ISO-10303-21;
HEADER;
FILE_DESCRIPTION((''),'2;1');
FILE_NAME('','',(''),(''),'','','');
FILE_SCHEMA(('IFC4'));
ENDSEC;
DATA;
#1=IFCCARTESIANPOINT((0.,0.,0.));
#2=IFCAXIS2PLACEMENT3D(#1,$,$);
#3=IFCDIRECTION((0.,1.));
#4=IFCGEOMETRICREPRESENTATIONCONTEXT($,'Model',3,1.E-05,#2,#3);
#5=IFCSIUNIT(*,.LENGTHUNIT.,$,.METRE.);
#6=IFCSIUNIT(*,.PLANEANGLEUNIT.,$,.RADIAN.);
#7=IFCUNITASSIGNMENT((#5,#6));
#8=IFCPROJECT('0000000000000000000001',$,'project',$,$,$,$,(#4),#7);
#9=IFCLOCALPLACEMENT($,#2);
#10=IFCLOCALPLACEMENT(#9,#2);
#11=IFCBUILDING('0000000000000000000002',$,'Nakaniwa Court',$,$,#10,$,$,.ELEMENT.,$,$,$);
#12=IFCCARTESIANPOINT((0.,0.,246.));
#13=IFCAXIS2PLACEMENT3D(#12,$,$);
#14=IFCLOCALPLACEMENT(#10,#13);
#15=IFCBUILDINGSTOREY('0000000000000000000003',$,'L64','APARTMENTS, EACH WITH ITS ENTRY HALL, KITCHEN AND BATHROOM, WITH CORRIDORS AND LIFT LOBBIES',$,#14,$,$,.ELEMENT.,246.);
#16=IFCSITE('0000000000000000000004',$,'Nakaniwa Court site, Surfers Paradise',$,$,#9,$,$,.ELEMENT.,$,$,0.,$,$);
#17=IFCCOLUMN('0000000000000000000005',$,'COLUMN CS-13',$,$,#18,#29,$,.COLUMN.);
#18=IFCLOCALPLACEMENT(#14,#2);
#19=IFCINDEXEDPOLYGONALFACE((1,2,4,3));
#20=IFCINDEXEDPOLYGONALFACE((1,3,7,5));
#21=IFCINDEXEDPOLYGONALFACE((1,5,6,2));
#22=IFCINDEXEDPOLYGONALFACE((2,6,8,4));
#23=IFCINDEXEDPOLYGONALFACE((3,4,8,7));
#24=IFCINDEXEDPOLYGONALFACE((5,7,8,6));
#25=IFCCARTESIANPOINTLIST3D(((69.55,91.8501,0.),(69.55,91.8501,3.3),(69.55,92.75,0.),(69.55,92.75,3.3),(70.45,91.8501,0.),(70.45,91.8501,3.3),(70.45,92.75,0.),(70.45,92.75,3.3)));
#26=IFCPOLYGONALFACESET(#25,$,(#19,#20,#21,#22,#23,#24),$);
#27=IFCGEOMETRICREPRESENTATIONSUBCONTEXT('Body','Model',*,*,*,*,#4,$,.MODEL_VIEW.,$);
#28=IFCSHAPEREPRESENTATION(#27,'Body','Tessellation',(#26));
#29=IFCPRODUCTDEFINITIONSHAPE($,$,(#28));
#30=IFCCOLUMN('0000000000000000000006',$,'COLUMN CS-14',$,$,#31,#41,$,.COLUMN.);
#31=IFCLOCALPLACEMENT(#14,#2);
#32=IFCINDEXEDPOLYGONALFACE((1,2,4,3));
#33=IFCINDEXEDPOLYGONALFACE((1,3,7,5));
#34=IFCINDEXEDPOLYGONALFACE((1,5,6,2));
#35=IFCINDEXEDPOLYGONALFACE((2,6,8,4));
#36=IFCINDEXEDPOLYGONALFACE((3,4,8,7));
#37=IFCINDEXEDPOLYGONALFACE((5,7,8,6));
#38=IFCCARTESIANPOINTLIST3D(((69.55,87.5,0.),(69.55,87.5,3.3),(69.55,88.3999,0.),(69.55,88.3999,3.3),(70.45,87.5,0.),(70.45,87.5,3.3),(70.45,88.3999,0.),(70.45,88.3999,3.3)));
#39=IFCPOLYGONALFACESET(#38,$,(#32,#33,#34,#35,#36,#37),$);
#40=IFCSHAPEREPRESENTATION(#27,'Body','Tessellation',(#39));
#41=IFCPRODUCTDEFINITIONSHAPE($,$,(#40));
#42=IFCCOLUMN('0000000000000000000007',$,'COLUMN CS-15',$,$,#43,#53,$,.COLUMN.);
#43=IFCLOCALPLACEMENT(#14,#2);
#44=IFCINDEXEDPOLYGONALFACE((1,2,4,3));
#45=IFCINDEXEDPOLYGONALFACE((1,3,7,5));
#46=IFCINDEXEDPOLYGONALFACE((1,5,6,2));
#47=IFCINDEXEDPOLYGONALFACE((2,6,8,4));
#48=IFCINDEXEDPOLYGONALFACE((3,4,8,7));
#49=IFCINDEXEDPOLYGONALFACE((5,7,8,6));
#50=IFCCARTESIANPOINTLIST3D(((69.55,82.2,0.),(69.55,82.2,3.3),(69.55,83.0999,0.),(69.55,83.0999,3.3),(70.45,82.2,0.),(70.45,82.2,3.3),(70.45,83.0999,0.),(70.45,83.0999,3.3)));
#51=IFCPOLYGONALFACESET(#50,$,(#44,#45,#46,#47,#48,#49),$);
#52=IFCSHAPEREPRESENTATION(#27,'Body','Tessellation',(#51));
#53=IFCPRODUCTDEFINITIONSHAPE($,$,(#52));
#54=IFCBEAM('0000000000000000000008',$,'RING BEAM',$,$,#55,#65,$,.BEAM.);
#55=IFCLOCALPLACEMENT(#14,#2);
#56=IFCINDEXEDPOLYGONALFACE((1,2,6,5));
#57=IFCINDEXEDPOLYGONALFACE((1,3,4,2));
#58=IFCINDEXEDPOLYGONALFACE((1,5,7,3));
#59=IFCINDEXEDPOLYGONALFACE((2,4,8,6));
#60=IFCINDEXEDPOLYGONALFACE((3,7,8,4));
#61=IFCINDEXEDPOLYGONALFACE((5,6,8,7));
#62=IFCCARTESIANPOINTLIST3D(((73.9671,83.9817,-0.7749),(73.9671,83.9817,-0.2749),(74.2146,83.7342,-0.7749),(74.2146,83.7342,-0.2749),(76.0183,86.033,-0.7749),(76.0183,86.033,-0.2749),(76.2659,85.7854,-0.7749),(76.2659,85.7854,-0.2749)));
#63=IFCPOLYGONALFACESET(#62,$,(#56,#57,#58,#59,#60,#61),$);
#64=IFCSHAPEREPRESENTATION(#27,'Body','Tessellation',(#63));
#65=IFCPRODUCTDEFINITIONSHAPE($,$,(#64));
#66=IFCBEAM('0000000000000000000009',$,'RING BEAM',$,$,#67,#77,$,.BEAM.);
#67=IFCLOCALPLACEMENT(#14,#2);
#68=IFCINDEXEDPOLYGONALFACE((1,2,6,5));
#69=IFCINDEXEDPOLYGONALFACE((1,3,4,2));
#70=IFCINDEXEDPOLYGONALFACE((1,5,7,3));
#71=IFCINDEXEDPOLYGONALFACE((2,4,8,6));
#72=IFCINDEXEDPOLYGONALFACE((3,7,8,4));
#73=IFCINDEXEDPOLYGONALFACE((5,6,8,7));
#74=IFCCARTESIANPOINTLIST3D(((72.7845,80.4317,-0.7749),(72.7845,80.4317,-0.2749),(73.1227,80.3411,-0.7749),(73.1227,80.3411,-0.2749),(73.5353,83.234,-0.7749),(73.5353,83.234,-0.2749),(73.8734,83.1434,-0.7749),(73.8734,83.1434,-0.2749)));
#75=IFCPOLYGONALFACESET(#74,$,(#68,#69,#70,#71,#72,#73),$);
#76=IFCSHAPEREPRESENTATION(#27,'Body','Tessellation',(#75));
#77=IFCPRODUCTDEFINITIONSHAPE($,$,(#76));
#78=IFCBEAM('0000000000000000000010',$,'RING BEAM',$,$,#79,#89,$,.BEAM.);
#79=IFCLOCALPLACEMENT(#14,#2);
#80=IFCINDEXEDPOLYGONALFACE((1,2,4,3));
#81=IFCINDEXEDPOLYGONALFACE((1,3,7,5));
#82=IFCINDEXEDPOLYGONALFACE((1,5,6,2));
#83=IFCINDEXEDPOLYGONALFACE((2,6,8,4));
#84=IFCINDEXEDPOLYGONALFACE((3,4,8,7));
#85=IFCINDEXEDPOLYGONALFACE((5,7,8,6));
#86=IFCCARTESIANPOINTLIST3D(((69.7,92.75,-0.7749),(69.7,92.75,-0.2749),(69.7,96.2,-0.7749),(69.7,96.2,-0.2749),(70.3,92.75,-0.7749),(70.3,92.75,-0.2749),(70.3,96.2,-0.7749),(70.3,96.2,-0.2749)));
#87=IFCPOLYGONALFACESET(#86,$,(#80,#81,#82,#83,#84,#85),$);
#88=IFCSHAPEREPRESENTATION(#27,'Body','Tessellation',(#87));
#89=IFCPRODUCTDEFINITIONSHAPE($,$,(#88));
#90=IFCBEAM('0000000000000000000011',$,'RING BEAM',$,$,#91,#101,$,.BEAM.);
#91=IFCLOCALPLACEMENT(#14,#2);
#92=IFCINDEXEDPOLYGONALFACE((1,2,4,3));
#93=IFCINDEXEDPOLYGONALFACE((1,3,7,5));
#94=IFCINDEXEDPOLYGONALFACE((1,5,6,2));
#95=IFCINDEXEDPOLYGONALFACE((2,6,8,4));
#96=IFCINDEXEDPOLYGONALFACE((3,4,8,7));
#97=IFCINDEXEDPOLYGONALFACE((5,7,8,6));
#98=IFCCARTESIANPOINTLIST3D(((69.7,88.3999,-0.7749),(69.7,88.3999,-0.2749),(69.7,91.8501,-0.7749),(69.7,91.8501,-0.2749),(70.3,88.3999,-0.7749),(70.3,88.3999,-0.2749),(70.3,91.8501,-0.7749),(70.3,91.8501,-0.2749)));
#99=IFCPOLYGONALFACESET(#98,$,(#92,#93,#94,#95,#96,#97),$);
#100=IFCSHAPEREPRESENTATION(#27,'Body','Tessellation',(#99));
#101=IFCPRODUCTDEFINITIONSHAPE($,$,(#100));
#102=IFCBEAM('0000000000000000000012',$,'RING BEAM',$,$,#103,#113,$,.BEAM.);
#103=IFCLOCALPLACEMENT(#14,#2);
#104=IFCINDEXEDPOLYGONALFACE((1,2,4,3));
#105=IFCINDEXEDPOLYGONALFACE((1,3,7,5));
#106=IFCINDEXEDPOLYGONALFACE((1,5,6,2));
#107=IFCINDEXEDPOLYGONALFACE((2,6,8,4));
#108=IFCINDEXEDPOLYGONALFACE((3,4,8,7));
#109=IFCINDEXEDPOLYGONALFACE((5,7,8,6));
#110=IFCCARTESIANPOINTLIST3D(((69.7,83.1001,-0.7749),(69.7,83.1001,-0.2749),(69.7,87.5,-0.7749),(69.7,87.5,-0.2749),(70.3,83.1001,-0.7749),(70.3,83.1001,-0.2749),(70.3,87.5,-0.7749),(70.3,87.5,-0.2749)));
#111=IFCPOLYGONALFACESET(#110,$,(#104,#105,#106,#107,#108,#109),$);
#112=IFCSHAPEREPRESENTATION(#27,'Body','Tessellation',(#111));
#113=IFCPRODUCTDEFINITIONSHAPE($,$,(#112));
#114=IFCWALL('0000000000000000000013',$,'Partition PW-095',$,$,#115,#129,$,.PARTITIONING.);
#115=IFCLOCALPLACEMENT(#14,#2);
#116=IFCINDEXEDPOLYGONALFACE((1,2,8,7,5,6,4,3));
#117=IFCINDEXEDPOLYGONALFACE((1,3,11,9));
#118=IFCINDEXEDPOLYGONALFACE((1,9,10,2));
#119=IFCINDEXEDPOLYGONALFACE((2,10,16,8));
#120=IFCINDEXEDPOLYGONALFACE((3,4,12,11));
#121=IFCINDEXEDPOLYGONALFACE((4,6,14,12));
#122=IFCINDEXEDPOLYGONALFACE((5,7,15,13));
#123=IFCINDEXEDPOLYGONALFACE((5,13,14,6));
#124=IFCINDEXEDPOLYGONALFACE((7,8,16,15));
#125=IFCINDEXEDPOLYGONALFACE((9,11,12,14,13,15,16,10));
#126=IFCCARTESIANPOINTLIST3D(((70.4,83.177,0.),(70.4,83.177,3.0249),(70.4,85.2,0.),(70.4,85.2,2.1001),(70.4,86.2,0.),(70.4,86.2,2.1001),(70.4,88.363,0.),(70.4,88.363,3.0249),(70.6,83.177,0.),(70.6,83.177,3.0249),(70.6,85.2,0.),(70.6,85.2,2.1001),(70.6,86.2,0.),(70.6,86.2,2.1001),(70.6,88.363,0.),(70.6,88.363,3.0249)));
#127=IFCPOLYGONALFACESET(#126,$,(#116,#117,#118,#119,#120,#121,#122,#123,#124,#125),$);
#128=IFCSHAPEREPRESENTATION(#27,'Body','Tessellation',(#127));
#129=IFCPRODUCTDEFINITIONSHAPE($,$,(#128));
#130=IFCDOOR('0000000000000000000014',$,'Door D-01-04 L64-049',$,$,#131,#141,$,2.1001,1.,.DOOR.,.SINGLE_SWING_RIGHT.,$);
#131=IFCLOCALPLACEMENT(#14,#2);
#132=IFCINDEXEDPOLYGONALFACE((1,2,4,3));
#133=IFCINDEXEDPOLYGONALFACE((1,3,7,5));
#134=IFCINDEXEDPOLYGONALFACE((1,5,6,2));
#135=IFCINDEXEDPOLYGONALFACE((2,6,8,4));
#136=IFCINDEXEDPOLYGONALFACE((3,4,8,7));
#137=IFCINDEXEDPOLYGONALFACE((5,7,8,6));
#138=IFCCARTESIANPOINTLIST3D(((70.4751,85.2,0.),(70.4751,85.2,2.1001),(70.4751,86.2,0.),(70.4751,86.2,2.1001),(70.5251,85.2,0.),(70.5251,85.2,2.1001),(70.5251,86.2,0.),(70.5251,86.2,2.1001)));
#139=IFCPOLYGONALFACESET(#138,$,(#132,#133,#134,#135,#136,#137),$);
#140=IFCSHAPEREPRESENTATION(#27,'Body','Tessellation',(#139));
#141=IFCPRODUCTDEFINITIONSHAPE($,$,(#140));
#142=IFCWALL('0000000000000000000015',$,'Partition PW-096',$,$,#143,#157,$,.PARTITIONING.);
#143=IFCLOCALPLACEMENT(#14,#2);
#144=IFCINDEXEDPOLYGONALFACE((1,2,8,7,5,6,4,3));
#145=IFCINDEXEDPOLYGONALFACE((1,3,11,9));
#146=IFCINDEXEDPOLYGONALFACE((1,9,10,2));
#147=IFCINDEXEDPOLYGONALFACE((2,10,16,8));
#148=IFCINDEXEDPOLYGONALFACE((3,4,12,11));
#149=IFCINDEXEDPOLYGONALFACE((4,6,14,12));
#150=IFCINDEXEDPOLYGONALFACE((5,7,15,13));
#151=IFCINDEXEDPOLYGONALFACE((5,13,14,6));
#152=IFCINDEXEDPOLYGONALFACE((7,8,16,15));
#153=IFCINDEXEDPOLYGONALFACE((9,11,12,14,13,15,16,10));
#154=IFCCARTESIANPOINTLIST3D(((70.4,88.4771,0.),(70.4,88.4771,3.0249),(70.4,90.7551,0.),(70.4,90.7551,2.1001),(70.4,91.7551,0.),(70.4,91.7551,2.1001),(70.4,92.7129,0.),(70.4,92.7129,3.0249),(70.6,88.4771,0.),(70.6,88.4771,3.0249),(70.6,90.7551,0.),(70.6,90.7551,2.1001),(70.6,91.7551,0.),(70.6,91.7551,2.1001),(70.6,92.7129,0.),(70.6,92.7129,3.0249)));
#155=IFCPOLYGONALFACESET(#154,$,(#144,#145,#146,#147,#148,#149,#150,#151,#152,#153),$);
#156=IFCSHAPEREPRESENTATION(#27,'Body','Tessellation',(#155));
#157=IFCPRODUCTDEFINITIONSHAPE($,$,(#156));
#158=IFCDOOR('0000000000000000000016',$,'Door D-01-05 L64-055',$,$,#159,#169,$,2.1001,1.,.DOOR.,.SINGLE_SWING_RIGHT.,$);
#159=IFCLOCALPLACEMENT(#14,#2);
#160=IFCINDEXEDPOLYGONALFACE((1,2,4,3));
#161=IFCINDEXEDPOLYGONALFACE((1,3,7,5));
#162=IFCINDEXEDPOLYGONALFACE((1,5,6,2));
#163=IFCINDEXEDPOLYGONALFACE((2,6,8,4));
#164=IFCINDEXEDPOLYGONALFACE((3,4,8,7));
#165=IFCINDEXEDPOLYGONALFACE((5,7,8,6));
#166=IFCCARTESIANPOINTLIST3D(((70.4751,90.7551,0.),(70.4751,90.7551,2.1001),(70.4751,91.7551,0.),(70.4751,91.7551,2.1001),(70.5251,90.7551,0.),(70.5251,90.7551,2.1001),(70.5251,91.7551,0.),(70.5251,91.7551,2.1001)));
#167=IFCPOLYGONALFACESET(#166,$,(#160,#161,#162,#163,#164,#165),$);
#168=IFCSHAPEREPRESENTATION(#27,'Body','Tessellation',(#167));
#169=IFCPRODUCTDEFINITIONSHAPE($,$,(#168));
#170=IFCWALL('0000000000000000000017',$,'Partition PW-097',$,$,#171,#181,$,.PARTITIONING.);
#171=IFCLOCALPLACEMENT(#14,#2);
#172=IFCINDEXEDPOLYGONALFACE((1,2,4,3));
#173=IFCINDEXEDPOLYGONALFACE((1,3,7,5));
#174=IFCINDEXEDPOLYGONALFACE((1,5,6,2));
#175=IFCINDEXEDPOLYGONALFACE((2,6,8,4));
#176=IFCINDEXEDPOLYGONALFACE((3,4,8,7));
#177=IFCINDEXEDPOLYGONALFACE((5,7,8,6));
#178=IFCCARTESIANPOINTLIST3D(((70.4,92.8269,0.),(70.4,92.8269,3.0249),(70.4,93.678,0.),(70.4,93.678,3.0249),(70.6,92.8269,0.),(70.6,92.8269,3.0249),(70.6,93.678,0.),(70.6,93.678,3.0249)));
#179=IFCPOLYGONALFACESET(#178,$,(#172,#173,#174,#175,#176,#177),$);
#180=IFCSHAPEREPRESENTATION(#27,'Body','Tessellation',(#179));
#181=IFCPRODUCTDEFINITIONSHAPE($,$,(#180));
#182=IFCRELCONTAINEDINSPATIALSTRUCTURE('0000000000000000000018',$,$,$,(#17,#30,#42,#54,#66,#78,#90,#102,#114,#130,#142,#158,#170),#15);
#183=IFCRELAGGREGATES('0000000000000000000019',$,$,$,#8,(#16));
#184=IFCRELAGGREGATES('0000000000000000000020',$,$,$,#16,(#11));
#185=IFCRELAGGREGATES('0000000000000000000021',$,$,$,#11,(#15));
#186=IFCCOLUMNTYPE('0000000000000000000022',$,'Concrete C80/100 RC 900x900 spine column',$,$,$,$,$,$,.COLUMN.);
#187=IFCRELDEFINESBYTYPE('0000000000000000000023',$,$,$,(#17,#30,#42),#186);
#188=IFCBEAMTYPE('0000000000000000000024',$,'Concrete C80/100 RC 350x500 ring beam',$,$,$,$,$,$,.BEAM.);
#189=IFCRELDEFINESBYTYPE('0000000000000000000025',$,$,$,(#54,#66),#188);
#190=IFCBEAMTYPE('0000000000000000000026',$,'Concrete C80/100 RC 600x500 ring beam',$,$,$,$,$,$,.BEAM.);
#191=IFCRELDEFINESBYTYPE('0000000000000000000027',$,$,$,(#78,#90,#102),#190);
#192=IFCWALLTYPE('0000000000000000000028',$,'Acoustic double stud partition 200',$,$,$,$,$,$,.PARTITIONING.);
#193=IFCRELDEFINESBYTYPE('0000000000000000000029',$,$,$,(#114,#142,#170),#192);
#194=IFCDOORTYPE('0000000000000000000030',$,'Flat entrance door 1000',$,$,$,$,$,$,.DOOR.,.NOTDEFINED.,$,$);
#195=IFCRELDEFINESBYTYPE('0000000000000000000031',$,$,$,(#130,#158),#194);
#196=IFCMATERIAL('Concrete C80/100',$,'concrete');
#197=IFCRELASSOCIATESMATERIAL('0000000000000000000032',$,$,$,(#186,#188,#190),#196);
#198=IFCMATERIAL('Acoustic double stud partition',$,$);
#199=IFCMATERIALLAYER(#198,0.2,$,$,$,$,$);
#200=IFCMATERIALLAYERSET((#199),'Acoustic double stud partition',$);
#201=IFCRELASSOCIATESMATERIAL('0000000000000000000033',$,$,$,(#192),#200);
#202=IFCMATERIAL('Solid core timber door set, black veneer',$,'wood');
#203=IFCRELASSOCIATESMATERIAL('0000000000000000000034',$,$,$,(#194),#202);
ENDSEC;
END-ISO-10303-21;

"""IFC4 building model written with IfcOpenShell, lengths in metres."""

from ifc_helpers import new_model, si_unit, direction, frame, frame_2d, origin, origin_2d, place, context, subcontext, project, spatial, rectangle, extrude, material, layer, layer_set, material_profile, profile_set, type_object, element, fill, save


model = new_model("IFC4")

# Units and contexts
model_context = context("Model", 3, precision=1e-05, world=origin(), true_north=direction((0.0, 1.0)))
body_context = subcontext(model_context, "Body", "Model", "MODEL_VIEW")
ifc_project = project(units=[si_unit("LENGTHUNIT", "METRE"), si_unit("PLANEANGLEUNIT", "RADIAN")], contexts=[model_context])

# Site, building, storey
site_placement = place(None, origin())
site = spatial("IfcSite", under=ifc_project, at=site_placement, Name="Nakaniwa Court site, Surfers Paradise", CompositionType="ELEMENT", RefElevation=0.0)
building_placement = place(site_placement, origin())
building = spatial("IfcBuilding", under=site, at=building_placement, Name="Nakaniwa Court", CompositionType="ELEMENT")
storey_placement = place(building_placement, frame((0.0, 0.0, 246.0)))
storey = spatial("IfcBuildingStorey", under=building, at=storey_placement, Name="L64", Description="APARTMENTS, EACH WITH ITS ENTRY HALL, KITCHEN AND BATHROOM, WITH CORRIDORS AND LIFT LOBBIES", CompositionType="ELEMENT", Elevation=246.0)

# Columns
ifc_material_1 = material(Name="Concrete C80/100", Category="concrete")
ifc_material_profile_1 = material_profile(ifc_material_1, rectangle(XDim=0.8999, YDim=0.8999, at=origin_2d()), Name="Concrete C80/100 RC 900x900 spine column")
ifc_profile_set_1 = profile_set([ifc_material_profile_1], Name="Concrete C80/100")
column_type_1 = type_object("IfcColumnType", Name="Concrete C80/100 RC 900x900 spine column", PredefinedType="COLUMN", material=ifc_profile_set_1)
for number, where, z_axis, x_axis, name in (
    (1, (70.0, 92.3, 0.0), (0.0, 0.0, 1.0), (0.0, -1.0, 0.0), "COLUMN CS-13"),
    (2, (70.0, 87.95, 0.0), (0.0, 0.0, 1.0), (0.0, -1.0, 0.0), "COLUMN CS-14"),
    (3, (70.0, 82.6499, 0.0), (0.0, 0.0, 1.0), (0.0, -1.0, 0.0), "COLUMN CS-15"),
):
    element("IfcColumn", number, at=place(storey_placement, frame(where, z_axis=z_axis, x_axis=x_axis)), inside=storey, type_object=column_type_1, Name=name, PredefinedType="COLUMN", context=body_context, shape_type="SweptSolid", body=[
        extrude(rectangle(XDim=0.8999, YDim=0.8999, at=origin_2d()), origin(), (0.0, 0.0, 1.0), 3.3),
    ])

# Beams
ifc_material_profile_2 = material_profile(ifc_material_1, rectangle(XDim=0.3501, YDim=0.5, at=origin_2d()), Name="Concrete C80/100 RC 350x500 ring beam")
ifc_profile_set_2 = profile_set([ifc_material_profile_2], Name="Concrete C80/100")
beam_type_1 = type_object("IfcBeamType", Name="Concrete C80/100 RC 350x500 ring beam", PredefinedType="BEAM", material=ifc_profile_set_2)
beam_1_placement = place(storey_placement, frame((76.1421, 85.9092, -0.5249), z_axis=(-0.707107, -0.707107, 0.0), x_axis=(0.707107, -0.707107, 0.0)))
element("IfcBeam", 4, at=beam_1_placement, inside=storey, type_object=beam_type_1, Name="RING BEAM", PredefinedType="BEAM", context=body_context, shape_type="SweptSolid", body=[
    extrude(rectangle(XDim=0.3501, YDim=0.5, at=origin_2d()), origin(), (0.0, 0.0, 1.0), 2.9009),
])
beam_2_placement = place(storey_placement, frame((73.7043, 83.1887, -0.5249), z_axis=(-0.258778, -0.965937, 0.0), x_axis=(0.965937, -0.258778, 0.0)))
element("IfcBeam", 5, at=beam_2_placement, inside=storey, type_object=beam_type_1, Name="RING BEAM", PredefinedType="BEAM", context=body_context, shape_type="SweptSolid", body=[
    extrude(rectangle(XDim=0.3501, YDim=0.5, at=origin_2d()), origin(), (0.0, 0.0, 1.0), 2.9011),
])
ifc_material_profile_3 = material_profile(ifc_material_1, rectangle(XDim=0.6001, YDim=0.5, at=origin_2d()), Name="Concrete C80/100 RC 600x500 ring beam")
ifc_profile_set_3 = profile_set([ifc_material_profile_3], Name="Concrete C80/100")
beam_type_2 = type_object("IfcBeamType", Name="Concrete C80/100 RC 600x500 ring beam", PredefinedType="BEAM", material=ifc_profile_set_3)
beam_3_placement = place(storey_placement, frame((70.0, 96.2, -0.5249), z_axis=(0.0, -1.0, 0.0), x_axis=(1.0, 0.0, 0.0)))
element("IfcBeam", 6, at=beam_3_placement, inside=storey, type_object=beam_type_2, Name="RING BEAM", PredefinedType="BEAM", context=body_context, shape_type="SweptSolid", body=[
    extrude(rectangle(XDim=0.6001, YDim=0.5, at=origin_2d()), origin(), (0.0, 0.0, 1.0), 3.45),
])
beam_4_placement = place(storey_placement, frame((70.0, 91.8501, -0.5249), z_axis=(0.0, -1.0, 0.0), x_axis=(1.0, 0.0, 0.0)))
element("IfcBeam", 7, at=beam_4_placement, inside=storey, type_object=beam_type_2, Name="RING BEAM", PredefinedType="BEAM", context=body_context, shape_type="SweptSolid", body=[
    extrude(rectangle(XDim=0.6001, YDim=0.5, at=origin_2d()), origin(), (0.0, 0.0, 1.0), 3.4502),
])
beam_5_placement = place(storey_placement, frame((70.0, 87.5, -0.5249), z_axis=(0.0, -1.0, 0.0), x_axis=(1.0, 0.0, 0.0)))
element("IfcBeam", 8, at=beam_5_placement, inside=storey, type_object=beam_type_2, Name="RING BEAM", PredefinedType="BEAM", context=body_context, shape_type="SweptSolid", body=[
    extrude(rectangle(XDim=0.6001, YDim=0.5, at=origin_2d()), origin(), (0.0, 0.0, 1.0), 4.3999),
])

# Walls, openings, doors
ifc_material_2 = material(Name="Acoustic double stud partition")
ifc_layer_1 = layer(ifc_material_2, 0.2)
ifc_layer_set_1 = layer_set([ifc_layer_1], Name="Acoustic double stud partition")
wall_type_1 = type_object("IfcWallType", Name="Acoustic double stud partition 200", PredefinedType="PARTITIONING", material=ifc_layer_set_1)
wall_1_placement = place(storey_placement, frame((70.5, 83.177, 0.0), z_axis=(0.0, 0.0, 1.0), x_axis=(0.0, 1.0, 0.0)))
wall_1 = element("IfcWall", 9, at=wall_1_placement, inside=storey, type_object=wall_type_1, Name="Partition PW-095", PredefinedType="PARTITIONING", context=body_context, shape_type="SweptSolid", body=[
    extrude(rectangle(XDim=5.186, YDim=0.2, at=frame_2d((2.593, 0.0))), origin(), (0.0, 0.0, 1.0), 3.0249),
])
opening_1_placement = place(wall_1_placement, frame((2.0229, 0.0, 0.0)))
opening_1 = element("IfcOpeningElement", 10, at=opening_1_placement, cuts=wall_1, PredefinedType="OPENING", context=body_context, shape_type="SweptSolid", body=[
    extrude(rectangle(XDim=1.0, YDim=2.1001, at=frame_2d((0.5, 1.05))), frame((0.0, 0.1099, 0.0), z_axis=(0.0, -1.0, 0.0), x_axis=(1.0, 0.0, 0.0)), (0.0, 0.0, 1.0), 0.22),
])
ifc_material_3 = material(Name="Solid core timber door set, black veneer", Category="wood")
door_type_1 = type_object("IfcDoorType", Name="Flat entrance door 1000", OperationType="NOTDEFINED", PredefinedType="DOOR", material=ifc_material_3)
door_1_placement = place(opening_1_placement, origin())
door_1 = element("IfcDoor", 11, at=door_1_placement, inside=storey, type_object=door_type_1, Name="Door D-01-04 L64-049", OperationType="SINGLE_SWING_RIGHT", OverallHeight=2.1001, OverallWidth=1.0, PredefinedType="DOOR", context=body_context, shape_type="SweptSolid", body=[
    extrude(rectangle(XDim=1.0, YDim=2.1001, at=frame_2d((0.5, 1.05))), frame((0.0, 0.0249, 0.0), z_axis=(0.0, -1.0, 0.0), x_axis=(1.0, 0.0, 0.0)), (0.0, 0.0, 1.0), 0.05),
])
fill(opening_1, door_1)
wall_2_placement = place(storey_placement, frame((70.5, 88.4771, 0.0), z_axis=(0.0, 0.0, 1.0), x_axis=(0.0, 1.0, 0.0)))
wall_2 = element("IfcWall", 12, at=wall_2_placement, inside=storey, type_object=wall_type_1, Name="Partition PW-096", PredefinedType="PARTITIONING", context=body_context, shape_type="SweptSolid", body=[
    extrude(rectangle(XDim=4.2358, YDim=0.2, at=frame_2d((2.1179, 0.0))), origin(), (0.0, 0.0, 1.0), 3.0249),
])
opening_2_placement = place(wall_2_placement, frame((2.2781, 0.0, 0.0)))
opening_2 = element("IfcOpeningElement", 13, at=opening_2_placement, cuts=wall_2, PredefinedType="OPENING", context=body_context, shape_type="SweptSolid", body=[
    extrude(rectangle(XDim=1.0, YDim=2.1001, at=frame_2d((0.5, 1.05))), frame((0.0, 0.1099, 0.0), z_axis=(0.0, -1.0, 0.0), x_axis=(1.0, 0.0, 0.0)), (0.0, 0.0, 1.0), 0.22),
])
door_2_placement = place(opening_2_placement, origin())
door_2 = element("IfcDoor", 14, at=door_2_placement, inside=storey, type_object=door_type_1, Name="Door D-01-05 L64-055", OperationType="SINGLE_SWING_RIGHT", OverallHeight=2.1001, OverallWidth=1.0, PredefinedType="DOOR", context=body_context, shape_type="SweptSolid", body=[
    extrude(rectangle(XDim=1.0, YDim=2.1001, at=frame_2d((0.5, 1.05))), frame((0.0, 0.0249, 0.0), z_axis=(0.0, -1.0, 0.0), x_axis=(1.0, 0.0, 0.0)), (0.0, 0.0, 1.0), 0.05),
])
fill(opening_2, door_2)

# Wall
wall_3_placement = place(storey_placement, frame((70.5, 92.8269, 0.0), z_axis=(0.0, 0.0, 1.0), x_axis=(0.0, 1.0, 0.0)))
element("IfcWall", 15, at=wall_3_placement, inside=storey, type_object=wall_type_1, Name="Partition PW-097", PredefinedType="PARTITIONING", context=body_context, shape_type="SweptSolid", body=[
    extrude(rectangle(XDim=0.8511, YDim=0.2, at=frame_2d((0.4255, 0.0))), origin(), (0.0, 0.0, 1.0), 3.0249),
])

save(model, "model.ifc")
